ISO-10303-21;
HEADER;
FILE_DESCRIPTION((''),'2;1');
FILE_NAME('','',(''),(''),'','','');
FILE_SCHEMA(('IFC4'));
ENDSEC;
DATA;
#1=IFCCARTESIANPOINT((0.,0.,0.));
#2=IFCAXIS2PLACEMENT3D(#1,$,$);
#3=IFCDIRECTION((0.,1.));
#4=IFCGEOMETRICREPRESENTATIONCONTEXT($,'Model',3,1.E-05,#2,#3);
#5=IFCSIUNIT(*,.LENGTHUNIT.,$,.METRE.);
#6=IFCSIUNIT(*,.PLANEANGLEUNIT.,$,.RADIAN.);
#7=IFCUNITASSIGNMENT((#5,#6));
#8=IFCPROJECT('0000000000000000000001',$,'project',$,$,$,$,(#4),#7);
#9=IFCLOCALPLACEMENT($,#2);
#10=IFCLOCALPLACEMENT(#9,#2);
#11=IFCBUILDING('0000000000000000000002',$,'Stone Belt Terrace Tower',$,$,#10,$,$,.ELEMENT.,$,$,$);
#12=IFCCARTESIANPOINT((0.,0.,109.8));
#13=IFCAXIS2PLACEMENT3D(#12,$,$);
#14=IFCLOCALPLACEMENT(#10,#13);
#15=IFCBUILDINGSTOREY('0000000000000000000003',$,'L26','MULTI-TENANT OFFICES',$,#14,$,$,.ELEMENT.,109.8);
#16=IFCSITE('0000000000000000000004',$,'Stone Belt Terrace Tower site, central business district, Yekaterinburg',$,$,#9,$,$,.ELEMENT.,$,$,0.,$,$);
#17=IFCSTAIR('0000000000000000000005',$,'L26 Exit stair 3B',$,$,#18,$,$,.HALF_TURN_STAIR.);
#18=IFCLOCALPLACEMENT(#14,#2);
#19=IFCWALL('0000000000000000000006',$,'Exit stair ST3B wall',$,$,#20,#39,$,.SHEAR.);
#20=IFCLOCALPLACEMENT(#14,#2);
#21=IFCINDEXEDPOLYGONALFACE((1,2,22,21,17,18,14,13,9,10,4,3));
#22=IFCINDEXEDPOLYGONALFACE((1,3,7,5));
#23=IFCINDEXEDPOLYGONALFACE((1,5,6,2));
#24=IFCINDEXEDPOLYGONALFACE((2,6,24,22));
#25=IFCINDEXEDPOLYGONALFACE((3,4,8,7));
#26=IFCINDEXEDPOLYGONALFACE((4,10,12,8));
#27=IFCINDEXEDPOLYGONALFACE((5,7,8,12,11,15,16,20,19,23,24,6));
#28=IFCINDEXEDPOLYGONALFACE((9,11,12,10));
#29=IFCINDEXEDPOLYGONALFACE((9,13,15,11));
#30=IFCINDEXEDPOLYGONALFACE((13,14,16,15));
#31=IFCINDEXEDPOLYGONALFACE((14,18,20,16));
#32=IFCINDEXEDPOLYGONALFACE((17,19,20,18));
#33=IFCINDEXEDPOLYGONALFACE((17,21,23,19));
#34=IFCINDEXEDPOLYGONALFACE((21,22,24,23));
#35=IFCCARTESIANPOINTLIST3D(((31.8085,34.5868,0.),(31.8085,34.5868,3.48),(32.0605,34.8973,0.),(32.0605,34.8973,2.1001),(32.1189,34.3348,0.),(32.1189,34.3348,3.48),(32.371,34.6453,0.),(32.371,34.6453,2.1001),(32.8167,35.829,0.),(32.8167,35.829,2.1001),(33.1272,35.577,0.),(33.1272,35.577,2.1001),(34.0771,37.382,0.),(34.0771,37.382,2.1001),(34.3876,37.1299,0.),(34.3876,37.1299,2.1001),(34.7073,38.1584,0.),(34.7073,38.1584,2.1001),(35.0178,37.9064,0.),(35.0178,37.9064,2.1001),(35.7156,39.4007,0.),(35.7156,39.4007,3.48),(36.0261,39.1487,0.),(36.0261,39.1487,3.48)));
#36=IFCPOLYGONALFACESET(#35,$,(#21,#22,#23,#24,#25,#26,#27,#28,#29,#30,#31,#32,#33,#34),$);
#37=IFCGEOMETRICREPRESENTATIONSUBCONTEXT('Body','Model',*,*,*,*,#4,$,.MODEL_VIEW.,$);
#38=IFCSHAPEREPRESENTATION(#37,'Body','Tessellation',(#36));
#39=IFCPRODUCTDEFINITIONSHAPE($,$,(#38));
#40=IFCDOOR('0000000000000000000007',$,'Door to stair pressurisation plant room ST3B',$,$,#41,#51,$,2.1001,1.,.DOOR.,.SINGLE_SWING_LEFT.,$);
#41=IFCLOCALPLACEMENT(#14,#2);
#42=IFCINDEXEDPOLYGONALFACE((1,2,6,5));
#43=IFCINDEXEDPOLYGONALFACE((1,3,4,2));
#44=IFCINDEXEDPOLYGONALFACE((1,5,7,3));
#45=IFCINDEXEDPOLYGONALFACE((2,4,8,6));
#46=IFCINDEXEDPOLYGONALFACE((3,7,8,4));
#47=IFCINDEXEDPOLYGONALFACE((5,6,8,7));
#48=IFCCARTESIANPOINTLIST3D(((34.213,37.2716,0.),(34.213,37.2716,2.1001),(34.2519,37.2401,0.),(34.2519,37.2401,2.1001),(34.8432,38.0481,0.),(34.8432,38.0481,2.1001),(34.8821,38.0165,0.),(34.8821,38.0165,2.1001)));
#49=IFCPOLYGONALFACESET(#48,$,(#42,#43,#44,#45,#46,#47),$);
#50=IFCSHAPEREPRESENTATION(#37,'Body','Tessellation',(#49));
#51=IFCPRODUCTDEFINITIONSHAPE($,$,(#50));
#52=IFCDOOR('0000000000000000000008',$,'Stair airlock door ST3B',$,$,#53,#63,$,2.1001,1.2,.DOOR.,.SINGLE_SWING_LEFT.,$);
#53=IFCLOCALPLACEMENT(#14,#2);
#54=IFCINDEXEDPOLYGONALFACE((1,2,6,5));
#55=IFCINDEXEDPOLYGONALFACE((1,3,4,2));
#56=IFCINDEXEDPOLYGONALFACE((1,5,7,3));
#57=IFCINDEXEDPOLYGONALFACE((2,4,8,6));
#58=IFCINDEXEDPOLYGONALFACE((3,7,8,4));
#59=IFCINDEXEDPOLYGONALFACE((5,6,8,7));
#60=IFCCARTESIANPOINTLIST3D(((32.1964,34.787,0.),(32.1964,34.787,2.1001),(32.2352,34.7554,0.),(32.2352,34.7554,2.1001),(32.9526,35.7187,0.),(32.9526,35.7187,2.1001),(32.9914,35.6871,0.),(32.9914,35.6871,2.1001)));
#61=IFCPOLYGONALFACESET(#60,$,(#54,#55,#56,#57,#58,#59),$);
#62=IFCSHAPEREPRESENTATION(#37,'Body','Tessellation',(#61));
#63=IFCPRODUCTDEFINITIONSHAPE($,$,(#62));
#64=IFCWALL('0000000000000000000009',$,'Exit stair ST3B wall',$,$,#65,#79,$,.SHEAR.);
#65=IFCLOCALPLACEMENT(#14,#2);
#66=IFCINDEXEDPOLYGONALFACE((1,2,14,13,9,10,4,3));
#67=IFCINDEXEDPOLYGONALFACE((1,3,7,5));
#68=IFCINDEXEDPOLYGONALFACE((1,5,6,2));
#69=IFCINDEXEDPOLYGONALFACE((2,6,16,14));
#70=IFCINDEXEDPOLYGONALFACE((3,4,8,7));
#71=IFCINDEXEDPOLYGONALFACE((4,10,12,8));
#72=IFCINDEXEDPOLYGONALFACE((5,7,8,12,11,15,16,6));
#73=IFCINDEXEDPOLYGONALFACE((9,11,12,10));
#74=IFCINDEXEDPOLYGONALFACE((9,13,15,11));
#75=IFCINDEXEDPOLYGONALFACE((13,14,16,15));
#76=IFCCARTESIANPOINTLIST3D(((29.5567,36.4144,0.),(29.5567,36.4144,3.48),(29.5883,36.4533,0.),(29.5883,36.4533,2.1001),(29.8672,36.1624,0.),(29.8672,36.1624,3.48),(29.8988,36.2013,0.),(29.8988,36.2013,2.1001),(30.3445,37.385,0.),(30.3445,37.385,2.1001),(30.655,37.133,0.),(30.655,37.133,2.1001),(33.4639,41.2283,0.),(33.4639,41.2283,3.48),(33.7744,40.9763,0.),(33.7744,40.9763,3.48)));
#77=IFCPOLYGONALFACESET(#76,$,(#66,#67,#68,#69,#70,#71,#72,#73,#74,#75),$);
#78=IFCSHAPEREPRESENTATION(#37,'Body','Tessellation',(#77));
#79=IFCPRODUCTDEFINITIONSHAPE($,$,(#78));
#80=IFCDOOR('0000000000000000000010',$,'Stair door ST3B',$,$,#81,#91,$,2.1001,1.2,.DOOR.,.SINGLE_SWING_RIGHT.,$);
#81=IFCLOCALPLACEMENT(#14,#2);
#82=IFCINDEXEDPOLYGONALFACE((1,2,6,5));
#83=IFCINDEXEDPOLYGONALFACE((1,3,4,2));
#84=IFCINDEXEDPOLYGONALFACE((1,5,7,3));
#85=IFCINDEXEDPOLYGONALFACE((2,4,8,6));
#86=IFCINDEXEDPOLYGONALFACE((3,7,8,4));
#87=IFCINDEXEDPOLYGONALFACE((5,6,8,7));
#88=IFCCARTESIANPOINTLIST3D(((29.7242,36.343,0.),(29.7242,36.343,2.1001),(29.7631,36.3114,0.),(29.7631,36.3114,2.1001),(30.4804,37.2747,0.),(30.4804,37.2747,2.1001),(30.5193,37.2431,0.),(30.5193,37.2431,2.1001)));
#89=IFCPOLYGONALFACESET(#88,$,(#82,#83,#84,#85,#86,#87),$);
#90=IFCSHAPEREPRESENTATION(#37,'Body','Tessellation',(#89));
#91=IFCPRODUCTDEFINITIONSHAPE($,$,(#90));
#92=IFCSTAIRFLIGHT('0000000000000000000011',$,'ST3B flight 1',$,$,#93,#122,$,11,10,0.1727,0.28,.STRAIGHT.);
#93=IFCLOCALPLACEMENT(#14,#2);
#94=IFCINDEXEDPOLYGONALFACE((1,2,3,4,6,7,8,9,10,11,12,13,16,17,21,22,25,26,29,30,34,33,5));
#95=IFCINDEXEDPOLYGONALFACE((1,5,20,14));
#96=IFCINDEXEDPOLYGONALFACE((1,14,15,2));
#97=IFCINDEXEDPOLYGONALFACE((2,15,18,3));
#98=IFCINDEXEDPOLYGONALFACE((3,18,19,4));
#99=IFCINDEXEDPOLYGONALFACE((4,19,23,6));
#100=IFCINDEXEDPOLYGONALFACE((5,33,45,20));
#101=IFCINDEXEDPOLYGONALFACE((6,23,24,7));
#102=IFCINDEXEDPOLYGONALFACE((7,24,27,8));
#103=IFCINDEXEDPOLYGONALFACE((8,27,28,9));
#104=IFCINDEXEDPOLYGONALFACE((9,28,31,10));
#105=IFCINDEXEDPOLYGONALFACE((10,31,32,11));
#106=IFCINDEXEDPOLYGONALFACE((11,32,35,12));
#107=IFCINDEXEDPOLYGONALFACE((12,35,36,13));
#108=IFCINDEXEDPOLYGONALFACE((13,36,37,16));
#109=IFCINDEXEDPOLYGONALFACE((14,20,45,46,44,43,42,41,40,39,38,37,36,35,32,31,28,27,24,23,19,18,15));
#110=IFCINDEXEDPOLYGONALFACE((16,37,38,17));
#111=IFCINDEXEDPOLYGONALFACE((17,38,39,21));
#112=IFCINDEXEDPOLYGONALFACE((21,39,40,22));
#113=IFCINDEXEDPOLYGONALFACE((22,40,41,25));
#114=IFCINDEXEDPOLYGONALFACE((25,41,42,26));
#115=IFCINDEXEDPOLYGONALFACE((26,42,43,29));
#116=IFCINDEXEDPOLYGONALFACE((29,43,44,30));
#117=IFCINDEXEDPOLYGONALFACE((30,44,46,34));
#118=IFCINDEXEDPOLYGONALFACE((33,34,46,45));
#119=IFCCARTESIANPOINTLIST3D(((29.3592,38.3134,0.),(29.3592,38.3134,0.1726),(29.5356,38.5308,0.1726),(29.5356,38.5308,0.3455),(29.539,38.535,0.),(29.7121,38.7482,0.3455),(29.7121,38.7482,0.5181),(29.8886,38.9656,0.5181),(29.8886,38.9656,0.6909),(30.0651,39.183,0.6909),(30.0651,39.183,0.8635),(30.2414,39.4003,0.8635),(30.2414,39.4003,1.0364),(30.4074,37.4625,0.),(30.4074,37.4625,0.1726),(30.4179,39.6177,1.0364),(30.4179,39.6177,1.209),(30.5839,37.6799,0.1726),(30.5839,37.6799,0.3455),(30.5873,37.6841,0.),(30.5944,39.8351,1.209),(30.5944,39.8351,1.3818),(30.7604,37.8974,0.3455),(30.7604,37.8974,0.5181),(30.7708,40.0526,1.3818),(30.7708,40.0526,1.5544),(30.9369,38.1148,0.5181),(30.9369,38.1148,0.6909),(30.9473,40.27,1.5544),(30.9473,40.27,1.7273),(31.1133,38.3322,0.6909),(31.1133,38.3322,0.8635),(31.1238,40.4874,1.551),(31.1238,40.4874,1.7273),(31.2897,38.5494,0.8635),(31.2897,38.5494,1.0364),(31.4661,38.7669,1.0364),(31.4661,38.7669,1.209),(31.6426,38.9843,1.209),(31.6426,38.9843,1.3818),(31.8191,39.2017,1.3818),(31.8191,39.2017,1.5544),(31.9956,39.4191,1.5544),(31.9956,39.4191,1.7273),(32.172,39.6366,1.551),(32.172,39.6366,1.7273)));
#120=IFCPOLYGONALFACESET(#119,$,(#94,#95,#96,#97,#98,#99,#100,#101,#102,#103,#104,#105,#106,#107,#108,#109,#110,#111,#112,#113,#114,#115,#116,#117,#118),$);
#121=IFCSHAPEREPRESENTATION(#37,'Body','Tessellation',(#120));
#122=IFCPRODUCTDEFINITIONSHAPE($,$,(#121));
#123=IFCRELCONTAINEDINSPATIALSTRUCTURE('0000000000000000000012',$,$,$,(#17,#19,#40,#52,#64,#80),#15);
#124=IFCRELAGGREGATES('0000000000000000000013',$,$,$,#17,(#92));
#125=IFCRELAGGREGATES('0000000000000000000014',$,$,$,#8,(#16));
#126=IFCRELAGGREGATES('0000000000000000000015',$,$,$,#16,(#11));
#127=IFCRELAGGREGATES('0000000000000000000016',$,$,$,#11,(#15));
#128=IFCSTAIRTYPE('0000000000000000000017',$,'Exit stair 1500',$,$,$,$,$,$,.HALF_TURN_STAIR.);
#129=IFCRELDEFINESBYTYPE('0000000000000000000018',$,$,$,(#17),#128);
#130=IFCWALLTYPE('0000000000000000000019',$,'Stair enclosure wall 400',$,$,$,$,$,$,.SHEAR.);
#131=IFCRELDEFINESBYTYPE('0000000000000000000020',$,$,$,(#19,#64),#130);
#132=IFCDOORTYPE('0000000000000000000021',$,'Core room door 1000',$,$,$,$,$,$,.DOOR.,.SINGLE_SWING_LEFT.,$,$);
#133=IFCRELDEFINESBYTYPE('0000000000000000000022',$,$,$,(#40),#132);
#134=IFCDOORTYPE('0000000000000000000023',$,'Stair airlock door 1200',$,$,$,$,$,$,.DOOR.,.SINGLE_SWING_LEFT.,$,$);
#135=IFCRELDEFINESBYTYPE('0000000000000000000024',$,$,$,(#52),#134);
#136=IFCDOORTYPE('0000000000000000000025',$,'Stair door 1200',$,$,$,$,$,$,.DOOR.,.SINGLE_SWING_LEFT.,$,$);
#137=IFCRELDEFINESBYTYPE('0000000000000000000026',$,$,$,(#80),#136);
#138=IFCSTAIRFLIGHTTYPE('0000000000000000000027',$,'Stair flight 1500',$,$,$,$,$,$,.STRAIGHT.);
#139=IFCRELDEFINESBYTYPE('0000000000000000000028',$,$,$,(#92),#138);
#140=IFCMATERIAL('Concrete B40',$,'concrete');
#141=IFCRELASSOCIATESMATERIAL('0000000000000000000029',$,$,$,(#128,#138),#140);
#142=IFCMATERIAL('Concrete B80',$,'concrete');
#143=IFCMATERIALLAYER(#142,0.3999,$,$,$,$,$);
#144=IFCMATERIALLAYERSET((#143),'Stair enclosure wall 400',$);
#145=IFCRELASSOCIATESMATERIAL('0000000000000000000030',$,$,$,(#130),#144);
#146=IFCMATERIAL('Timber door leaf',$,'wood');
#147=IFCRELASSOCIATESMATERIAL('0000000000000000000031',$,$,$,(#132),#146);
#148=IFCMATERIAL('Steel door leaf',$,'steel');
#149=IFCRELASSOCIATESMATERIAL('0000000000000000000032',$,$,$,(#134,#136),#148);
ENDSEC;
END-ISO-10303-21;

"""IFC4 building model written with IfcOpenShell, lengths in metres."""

from ifc_helpers import new_model, si_unit, direction, frame, frame_2d, origin, place, context, subcontext, project, spatial, polyline, rectangle, outline, extrude, material, layer, layer_set, type_object, element, fill, aggregate, save


model = new_model("IFC4")

# Units and contexts
model_context = context("Model", 3, precision=1e-05, world=origin(), true_north=direction((0.0, 1.0)))
body_context = subcontext(model_context, "Body", "Model", "MODEL_VIEW")
ifc_project = project(units=[si_unit("LENGTHUNIT", "METRE"), si_unit("PLANEANGLEUNIT", "RADIAN")], contexts=[model_context])

# Site, building, storey
site_placement = place(None, origin())
site = spatial("IfcSite", under=ifc_project, at=site_placement, Name="Stone Belt Terrace Tower site, central business district, Yekaterinburg", CompositionType="ELEMENT", RefElevation=0.0)
building_placement = place(site_placement, origin())
building = spatial("IfcBuilding", under=site, at=building_placement, Name="Stone Belt Terrace Tower", CompositionType="ELEMENT")
storey_placement = place(building_placement, frame((0.0, 0.0, 109.8)))
storey = spatial("IfcBuildingStorey", under=building, at=storey_placement, Name="L26", Description="MULTI-TENANT OFFICES", CompositionType="ELEMENT", Elevation=109.8)

# Shared definitions
ifc_material_1 = material(Name="Concrete B80", Category="concrete")

# Shared definitions
ifc_material_2 = material(Name="Concrete B40", Category="concrete")

# Stair
stair_type = type_object("IfcStairType", Name="Exit stair 1500", PredefinedType="HALF_TURN_STAIR", material=ifc_material_2)
stair_1_placement = place(storey_placement, origin())
stair_1 = element("IfcStair", 1, at=stair_1_placement, inside=storey, type_object=stair_type, Name="L26 Exit stair 3B", PredefinedType="HALF_TURN_STAIR")

# Wall, openings, doors
ifc_layer_1 = layer(ifc_material_1, 0.3999)
ifc_layer_set_1 = layer_set([ifc_layer_1], Name="Stair enclosure wall 400")
wall_type_1 = type_object("IfcWallType", Name="Stair enclosure wall 400", PredefinedType="SHEAR", material=ifc_layer_set_1)
wall_1_placement = place(storey_placement, frame((31.9636, 34.4607, 0.0), z_axis=(0.0, 0.0, 1.0), x_axis=(0.630192, 0.776439, 0.0)))
wall_1 = element("IfcWall", 2, at=wall_1_placement, inside=storey, type_object=wall_type_1, Name="Exit stair ST3B wall", PredefinedType="SHEAR", context=body_context, shape_type="SweptSolid", body=[
    extrude(rectangle(XDim=6.2, YDim=0.3999, at=frame_2d((3.1001, 0.0))), origin(), (0.0, 0.0, 1.0), 3.48),
])
opening_1_placement = place(wall_1_placement, frame((0.3999, 0.0, 0.0)))
opening_1 = element("IfcOpeningElement", 3, at=opening_1_placement, cuts=wall_1, PredefinedType="OPENING", context=body_context, shape_type="SweptSolid", body=[
    extrude(rectangle(XDim=1.2, YDim=2.1001, at=frame_2d((0.6001, 1.05))), frame((0.0, 0.21, 0.0), z_axis=(0.0, -1.0, 0.0), x_axis=(1.0, 0.0, 0.0)), (0.0, 0.0, 1.0), 0.4199),
])
opening_2_placement = place(wall_1_placement, frame((3.6001, 0.0, 0.0)))
opening_2 = element("IfcOpeningElement", 4, at=opening_2_placement, cuts=wall_1, PredefinedType="OPENING", context=body_context, shape_type="SweptSolid", body=[
    extrude(rectangle(XDim=1.0, YDim=2.1001, at=frame_2d((0.5, 1.05))), frame((0.0, 0.21, 0.0), z_axis=(0.0, -1.0, 0.0), x_axis=(1.0, 0.0, 0.0)), (0.0, 0.0, 1.0), 0.4199),
])
ifc_material_3 = material(Name="Timber door leaf", Category="wood")
door_type_1 = type_object("IfcDoorType", Name="Core room door 1000", OperationType="SINGLE_SWING_LEFT", PredefinedType="DOOR", material=ifc_material_3)
door_1_placement = place(opening_2_placement, origin())
door_1 = element("IfcDoor", 5, at=door_1_placement, inside=storey, type_object=door_type_1, Name="Door to stair pressurisation plant room ST3B", OperationType="SINGLE_SWING_LEFT", OverallHeight=2.1001, OverallWidth=1.0, PredefinedType="DOOR", context=body_context, shape_type="SweptSolid", body=[
    extrude(rectangle(XDim=1.0, YDim=2.1001, at=frame_2d((0.5, 1.05))), frame((0.0, 0.0249, 0.0), z_axis=(0.0, -1.0, 0.0), x_axis=(1.0, 0.0, 0.0)), (0.0, 0.0, 1.0), 0.05),
])
fill(opening_2, door_1)
ifc_material_4 = material(Name="Steel door leaf", Category="steel")
door_type_2 = type_object("IfcDoorType", Name="Stair airlock door 1200", OperationType="SINGLE_SWING_LEFT", PredefinedType="DOOR", material=ifc_material_4)
door_2_placement = place(opening_1_placement, origin())
door_2 = element("IfcDoor", 6, at=door_2_placement, inside=storey, type_object=door_type_2, Name="Stair airlock door ST3B", OperationType="SINGLE_SWING_LEFT", OverallHeight=2.1001, OverallWidth=1.2, PredefinedType="DOOR", context=body_context, shape_type="SweptSolid", body=[
    extrude(rectangle(XDim=1.2, YDim=2.1001, at=frame_2d((0.6001, 1.05))), frame((0.0, 0.0249, 0.0), z_axis=(0.0, -1.0, 0.0), x_axis=(1.0, 0.0, 0.0)), (0.0, 0.0, 1.0), 0.05),
])
fill(opening_1, door_2)

# Wall, opening, door
wall_2_placement = place(storey_placement, frame((29.7119, 36.2883, 0.0), z_axis=(0.0, 0.0, 1.0), x_axis=(0.630192, 0.776439, 0.0)))
wall_2 = element("IfcWall", 7, at=wall_2_placement, inside=storey, type_object=wall_type_1, Name="Exit stair ST3B wall", PredefinedType="SHEAR", context=body_context, shape_type="SweptSolid", body=[
    extrude(rectangle(XDim=6.2, YDim=0.3999, at=frame_2d((3.1001, 0.0))), origin(), (0.0, 0.0, 1.0), 3.48),
])
opening_3_placement = place(wall_2_placement, frame((0.05, 0.0, 0.0)))
opening_3 = element("IfcOpeningElement", 8, at=opening_3_placement, cuts=wall_2, PredefinedType="OPENING", context=body_context, shape_type="SweptSolid", body=[
    extrude(rectangle(XDim=1.2, YDim=2.1001, at=frame_2d((0.6001, 1.05))), frame((0.0, 0.21, 0.0), z_axis=(0.0, -1.0, 0.0), x_axis=(1.0, 0.0, 0.0)), (0.0, 0.0, 1.0), 0.4199),
])
door_type_3 = type_object("IfcDoorType", Name="Stair door 1200", OperationType="SINGLE_SWING_LEFT", PredefinedType="DOOR", material=ifc_material_4)
door_3_placement = place(opening_3_placement, origin())
door_3 = element("IfcDoor", 9, at=door_3_placement, inside=storey, type_object=door_type_3, Name="Stair door ST3B", OperationType="SINGLE_SWING_RIGHT", OverallHeight=2.1001, OverallWidth=1.2, PredefinedType="DOOR", context=body_context, shape_type="SweptSolid", body=[
    extrude(rectangle(XDim=1.2, YDim=2.1001, at=frame_2d((0.6001, 1.05))), frame((0.0, 0.0249, 0.0), z_axis=(0.0, -1.0, 0.0), x_axis=(1.0, 0.0, 0.0)), (0.0, 0.0, 1.0), 0.05),
])
fill(opening_3, door_3)

# Stair flight
stair_flight_type = type_object("IfcStairFlightType", Name="Stair flight 1500", PredefinedType="STRAIGHT", material=ifc_material_2)
stair_flight_placement = place(storey_placement, frame((29.8833, 37.8879, 0.0), z_axis=(0.0, 0.0, 1.0), x_axis=(0.630206, 0.776428, 0.0)))
stair_flight = element("IfcStairFlight", 10, at=stair_flight_placement, type_object=stair_flight_type, Name="ST3B flight 1", NumberOfRisers=11, NumberOfTreads=10, PredefinedType="STRAIGHT", RiserHeight=0.1727, TreadLength=0.28, context=body_context, shape_type="SweptSolid", body=[
    extrude(outline(polyline([(0.0, 0.0), (0.0, 0.1726), (0.28, 0.1726), (0.28, 0.3455), (0.5601, 0.3455), (0.5601, 0.5181), (0.8401, 0.5181), (0.8401, 0.6909), (1.1201, 0.6909), (1.1201, 0.8635), (1.3999, 0.8635), (1.3999, 1.0364), (1.6799, 1.0364), (1.6799, 1.209), (1.96, 1.209), (1.96, 1.3818), (2.24, 1.3818), (2.24, 1.5544), (2.52, 1.5544), (2.52, 1.7273), (2.8, 1.7273), (2.8, 1.8999), (2.8, 1.551), (0.2854, 0.0), (0.0, 0.0)])), frame((0.0, 0.675, 0.0), z_axis=(0.0, -1.0, 0.0), x_axis=(1.0, 0.0, 0.0)), (0.0, 0.0, 1.0), 1.3501),
])
aggregate(stair_1, [stair_flight])

save(model, "model.ifc")
